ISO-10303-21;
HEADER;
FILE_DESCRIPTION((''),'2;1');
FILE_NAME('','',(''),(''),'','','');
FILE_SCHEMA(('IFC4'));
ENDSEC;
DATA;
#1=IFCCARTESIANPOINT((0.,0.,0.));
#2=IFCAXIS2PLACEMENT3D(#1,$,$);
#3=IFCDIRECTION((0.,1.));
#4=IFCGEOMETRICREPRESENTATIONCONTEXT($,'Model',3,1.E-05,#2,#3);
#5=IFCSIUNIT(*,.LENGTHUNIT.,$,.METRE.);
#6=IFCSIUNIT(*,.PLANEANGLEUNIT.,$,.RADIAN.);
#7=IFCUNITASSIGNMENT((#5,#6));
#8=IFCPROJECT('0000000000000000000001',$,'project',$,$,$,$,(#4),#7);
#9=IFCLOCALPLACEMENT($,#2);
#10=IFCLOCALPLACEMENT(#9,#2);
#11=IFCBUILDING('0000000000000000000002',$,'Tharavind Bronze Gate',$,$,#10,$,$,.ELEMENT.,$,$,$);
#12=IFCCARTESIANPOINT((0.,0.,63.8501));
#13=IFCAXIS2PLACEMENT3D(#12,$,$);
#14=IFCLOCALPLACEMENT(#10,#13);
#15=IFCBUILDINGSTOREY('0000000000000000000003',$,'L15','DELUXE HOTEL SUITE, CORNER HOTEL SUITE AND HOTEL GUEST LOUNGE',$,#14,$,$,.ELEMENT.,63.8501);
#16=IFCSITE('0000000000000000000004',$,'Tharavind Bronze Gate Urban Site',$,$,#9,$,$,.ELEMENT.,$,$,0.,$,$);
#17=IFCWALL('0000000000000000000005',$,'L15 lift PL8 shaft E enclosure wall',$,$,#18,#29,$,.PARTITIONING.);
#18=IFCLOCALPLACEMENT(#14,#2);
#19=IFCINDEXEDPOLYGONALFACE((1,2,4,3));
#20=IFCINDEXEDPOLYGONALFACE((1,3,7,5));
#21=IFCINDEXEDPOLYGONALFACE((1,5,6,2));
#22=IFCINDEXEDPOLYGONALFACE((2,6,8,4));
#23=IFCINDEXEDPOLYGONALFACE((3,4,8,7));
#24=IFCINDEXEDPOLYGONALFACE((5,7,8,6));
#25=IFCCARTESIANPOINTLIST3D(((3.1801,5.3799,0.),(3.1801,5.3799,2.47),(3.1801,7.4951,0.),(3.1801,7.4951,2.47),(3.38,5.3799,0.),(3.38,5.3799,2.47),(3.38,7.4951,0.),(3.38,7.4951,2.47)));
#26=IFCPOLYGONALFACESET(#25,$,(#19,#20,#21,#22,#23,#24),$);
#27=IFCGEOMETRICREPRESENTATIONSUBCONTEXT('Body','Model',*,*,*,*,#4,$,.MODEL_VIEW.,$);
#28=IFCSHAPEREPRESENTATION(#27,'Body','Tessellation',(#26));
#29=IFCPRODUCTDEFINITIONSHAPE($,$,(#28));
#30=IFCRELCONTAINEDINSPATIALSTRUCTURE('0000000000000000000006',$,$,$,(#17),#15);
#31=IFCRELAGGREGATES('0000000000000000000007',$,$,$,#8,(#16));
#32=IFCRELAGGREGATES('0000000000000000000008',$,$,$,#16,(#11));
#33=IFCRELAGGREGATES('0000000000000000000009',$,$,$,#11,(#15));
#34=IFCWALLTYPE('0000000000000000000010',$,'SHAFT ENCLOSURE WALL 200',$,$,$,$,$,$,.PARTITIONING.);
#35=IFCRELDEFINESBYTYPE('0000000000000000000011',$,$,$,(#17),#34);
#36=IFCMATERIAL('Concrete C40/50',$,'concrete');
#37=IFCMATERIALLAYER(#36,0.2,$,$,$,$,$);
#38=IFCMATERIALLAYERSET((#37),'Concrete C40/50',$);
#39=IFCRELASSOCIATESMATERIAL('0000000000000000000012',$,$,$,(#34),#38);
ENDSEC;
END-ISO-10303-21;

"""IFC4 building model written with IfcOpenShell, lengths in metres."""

from ifc_helpers import new_model, si_unit, direction, frame, frame_2d, origin, place, context, subcontext, project, spatial, rectangle, extrude, material, layer, layer_set, type_object, element, save


model = new_model("IFC4")

# Units and contexts
model_context = context("Model", 3, precision=1e-05, world=origin(), true_north=direction((0.0, 1.0)))
body_context = subcontext(model_context, "Body", "Model", "MODEL_VIEW")
ifc_project = project(units=[si_unit("LENGTHUNIT", "METRE"), si_unit("PLANEANGLEUNIT", "RADIAN")], contexts=[model_context])

# Site, building, storey
site_placement = place(None, origin())
site = spatial("IfcSite", under=ifc_project, at=site_placement, Name="Tharavind Bronze Gate Urban Site", CompositionType="ELEMENT", RefElevation=0.0)
building_placement = place(site_placement, origin())
building = spatial("IfcBuilding", under=site, at=building_placement, Name="Tharavind Bronze Gate", CompositionType="ELEMENT")
storey_placement = place(building_placement, frame((0.0, 0.0, 63.8501)))
storey = spatial("IfcBuildingStorey", under=building, at=storey_placement, Name="L15", Description="DELUXE HOTEL SUITE, CORNER HOTEL SUITE AND HOTEL GUEST LOUNGE", CompositionType="ELEMENT", Elevation=63.8501)

# Wall
ifc_material_1 = material(Name="Concrete C40/50", Category="concrete")
ifc_layer_1 = layer(ifc_material_1, 0.2)
ifc_layer_set_1 = layer_set([ifc_layer_1], Name="Concrete C40/50")
wall_type_1 = type_object("IfcWallType", Name="SHAFT ENCLOSURE WALL 200", PredefinedType="PARTITIONING", material=ifc_layer_set_1)
wall_1_placement = place(storey_placement, frame((3.28, 5.3799, 0.0), z_axis=(0.0, 0.0, 1.0), x_axis=(0.0, 1.0, 0.0)))
element("IfcWall", 1, at=wall_1_placement, inside=storey, type_object=wall_type_1, Name="L15 lift PL8 shaft E enclosure wall", PredefinedType="PARTITIONING", context=body_context, shape_type="SweptSolid", body=[
    extrude(rectangle(XDim=2.1152, YDim=0.2, at=frame_2d((1.0576, 0.0))), origin(), (0.0, 0.0, 1.0), 2.47),
])

save(model, "model.ifc")
